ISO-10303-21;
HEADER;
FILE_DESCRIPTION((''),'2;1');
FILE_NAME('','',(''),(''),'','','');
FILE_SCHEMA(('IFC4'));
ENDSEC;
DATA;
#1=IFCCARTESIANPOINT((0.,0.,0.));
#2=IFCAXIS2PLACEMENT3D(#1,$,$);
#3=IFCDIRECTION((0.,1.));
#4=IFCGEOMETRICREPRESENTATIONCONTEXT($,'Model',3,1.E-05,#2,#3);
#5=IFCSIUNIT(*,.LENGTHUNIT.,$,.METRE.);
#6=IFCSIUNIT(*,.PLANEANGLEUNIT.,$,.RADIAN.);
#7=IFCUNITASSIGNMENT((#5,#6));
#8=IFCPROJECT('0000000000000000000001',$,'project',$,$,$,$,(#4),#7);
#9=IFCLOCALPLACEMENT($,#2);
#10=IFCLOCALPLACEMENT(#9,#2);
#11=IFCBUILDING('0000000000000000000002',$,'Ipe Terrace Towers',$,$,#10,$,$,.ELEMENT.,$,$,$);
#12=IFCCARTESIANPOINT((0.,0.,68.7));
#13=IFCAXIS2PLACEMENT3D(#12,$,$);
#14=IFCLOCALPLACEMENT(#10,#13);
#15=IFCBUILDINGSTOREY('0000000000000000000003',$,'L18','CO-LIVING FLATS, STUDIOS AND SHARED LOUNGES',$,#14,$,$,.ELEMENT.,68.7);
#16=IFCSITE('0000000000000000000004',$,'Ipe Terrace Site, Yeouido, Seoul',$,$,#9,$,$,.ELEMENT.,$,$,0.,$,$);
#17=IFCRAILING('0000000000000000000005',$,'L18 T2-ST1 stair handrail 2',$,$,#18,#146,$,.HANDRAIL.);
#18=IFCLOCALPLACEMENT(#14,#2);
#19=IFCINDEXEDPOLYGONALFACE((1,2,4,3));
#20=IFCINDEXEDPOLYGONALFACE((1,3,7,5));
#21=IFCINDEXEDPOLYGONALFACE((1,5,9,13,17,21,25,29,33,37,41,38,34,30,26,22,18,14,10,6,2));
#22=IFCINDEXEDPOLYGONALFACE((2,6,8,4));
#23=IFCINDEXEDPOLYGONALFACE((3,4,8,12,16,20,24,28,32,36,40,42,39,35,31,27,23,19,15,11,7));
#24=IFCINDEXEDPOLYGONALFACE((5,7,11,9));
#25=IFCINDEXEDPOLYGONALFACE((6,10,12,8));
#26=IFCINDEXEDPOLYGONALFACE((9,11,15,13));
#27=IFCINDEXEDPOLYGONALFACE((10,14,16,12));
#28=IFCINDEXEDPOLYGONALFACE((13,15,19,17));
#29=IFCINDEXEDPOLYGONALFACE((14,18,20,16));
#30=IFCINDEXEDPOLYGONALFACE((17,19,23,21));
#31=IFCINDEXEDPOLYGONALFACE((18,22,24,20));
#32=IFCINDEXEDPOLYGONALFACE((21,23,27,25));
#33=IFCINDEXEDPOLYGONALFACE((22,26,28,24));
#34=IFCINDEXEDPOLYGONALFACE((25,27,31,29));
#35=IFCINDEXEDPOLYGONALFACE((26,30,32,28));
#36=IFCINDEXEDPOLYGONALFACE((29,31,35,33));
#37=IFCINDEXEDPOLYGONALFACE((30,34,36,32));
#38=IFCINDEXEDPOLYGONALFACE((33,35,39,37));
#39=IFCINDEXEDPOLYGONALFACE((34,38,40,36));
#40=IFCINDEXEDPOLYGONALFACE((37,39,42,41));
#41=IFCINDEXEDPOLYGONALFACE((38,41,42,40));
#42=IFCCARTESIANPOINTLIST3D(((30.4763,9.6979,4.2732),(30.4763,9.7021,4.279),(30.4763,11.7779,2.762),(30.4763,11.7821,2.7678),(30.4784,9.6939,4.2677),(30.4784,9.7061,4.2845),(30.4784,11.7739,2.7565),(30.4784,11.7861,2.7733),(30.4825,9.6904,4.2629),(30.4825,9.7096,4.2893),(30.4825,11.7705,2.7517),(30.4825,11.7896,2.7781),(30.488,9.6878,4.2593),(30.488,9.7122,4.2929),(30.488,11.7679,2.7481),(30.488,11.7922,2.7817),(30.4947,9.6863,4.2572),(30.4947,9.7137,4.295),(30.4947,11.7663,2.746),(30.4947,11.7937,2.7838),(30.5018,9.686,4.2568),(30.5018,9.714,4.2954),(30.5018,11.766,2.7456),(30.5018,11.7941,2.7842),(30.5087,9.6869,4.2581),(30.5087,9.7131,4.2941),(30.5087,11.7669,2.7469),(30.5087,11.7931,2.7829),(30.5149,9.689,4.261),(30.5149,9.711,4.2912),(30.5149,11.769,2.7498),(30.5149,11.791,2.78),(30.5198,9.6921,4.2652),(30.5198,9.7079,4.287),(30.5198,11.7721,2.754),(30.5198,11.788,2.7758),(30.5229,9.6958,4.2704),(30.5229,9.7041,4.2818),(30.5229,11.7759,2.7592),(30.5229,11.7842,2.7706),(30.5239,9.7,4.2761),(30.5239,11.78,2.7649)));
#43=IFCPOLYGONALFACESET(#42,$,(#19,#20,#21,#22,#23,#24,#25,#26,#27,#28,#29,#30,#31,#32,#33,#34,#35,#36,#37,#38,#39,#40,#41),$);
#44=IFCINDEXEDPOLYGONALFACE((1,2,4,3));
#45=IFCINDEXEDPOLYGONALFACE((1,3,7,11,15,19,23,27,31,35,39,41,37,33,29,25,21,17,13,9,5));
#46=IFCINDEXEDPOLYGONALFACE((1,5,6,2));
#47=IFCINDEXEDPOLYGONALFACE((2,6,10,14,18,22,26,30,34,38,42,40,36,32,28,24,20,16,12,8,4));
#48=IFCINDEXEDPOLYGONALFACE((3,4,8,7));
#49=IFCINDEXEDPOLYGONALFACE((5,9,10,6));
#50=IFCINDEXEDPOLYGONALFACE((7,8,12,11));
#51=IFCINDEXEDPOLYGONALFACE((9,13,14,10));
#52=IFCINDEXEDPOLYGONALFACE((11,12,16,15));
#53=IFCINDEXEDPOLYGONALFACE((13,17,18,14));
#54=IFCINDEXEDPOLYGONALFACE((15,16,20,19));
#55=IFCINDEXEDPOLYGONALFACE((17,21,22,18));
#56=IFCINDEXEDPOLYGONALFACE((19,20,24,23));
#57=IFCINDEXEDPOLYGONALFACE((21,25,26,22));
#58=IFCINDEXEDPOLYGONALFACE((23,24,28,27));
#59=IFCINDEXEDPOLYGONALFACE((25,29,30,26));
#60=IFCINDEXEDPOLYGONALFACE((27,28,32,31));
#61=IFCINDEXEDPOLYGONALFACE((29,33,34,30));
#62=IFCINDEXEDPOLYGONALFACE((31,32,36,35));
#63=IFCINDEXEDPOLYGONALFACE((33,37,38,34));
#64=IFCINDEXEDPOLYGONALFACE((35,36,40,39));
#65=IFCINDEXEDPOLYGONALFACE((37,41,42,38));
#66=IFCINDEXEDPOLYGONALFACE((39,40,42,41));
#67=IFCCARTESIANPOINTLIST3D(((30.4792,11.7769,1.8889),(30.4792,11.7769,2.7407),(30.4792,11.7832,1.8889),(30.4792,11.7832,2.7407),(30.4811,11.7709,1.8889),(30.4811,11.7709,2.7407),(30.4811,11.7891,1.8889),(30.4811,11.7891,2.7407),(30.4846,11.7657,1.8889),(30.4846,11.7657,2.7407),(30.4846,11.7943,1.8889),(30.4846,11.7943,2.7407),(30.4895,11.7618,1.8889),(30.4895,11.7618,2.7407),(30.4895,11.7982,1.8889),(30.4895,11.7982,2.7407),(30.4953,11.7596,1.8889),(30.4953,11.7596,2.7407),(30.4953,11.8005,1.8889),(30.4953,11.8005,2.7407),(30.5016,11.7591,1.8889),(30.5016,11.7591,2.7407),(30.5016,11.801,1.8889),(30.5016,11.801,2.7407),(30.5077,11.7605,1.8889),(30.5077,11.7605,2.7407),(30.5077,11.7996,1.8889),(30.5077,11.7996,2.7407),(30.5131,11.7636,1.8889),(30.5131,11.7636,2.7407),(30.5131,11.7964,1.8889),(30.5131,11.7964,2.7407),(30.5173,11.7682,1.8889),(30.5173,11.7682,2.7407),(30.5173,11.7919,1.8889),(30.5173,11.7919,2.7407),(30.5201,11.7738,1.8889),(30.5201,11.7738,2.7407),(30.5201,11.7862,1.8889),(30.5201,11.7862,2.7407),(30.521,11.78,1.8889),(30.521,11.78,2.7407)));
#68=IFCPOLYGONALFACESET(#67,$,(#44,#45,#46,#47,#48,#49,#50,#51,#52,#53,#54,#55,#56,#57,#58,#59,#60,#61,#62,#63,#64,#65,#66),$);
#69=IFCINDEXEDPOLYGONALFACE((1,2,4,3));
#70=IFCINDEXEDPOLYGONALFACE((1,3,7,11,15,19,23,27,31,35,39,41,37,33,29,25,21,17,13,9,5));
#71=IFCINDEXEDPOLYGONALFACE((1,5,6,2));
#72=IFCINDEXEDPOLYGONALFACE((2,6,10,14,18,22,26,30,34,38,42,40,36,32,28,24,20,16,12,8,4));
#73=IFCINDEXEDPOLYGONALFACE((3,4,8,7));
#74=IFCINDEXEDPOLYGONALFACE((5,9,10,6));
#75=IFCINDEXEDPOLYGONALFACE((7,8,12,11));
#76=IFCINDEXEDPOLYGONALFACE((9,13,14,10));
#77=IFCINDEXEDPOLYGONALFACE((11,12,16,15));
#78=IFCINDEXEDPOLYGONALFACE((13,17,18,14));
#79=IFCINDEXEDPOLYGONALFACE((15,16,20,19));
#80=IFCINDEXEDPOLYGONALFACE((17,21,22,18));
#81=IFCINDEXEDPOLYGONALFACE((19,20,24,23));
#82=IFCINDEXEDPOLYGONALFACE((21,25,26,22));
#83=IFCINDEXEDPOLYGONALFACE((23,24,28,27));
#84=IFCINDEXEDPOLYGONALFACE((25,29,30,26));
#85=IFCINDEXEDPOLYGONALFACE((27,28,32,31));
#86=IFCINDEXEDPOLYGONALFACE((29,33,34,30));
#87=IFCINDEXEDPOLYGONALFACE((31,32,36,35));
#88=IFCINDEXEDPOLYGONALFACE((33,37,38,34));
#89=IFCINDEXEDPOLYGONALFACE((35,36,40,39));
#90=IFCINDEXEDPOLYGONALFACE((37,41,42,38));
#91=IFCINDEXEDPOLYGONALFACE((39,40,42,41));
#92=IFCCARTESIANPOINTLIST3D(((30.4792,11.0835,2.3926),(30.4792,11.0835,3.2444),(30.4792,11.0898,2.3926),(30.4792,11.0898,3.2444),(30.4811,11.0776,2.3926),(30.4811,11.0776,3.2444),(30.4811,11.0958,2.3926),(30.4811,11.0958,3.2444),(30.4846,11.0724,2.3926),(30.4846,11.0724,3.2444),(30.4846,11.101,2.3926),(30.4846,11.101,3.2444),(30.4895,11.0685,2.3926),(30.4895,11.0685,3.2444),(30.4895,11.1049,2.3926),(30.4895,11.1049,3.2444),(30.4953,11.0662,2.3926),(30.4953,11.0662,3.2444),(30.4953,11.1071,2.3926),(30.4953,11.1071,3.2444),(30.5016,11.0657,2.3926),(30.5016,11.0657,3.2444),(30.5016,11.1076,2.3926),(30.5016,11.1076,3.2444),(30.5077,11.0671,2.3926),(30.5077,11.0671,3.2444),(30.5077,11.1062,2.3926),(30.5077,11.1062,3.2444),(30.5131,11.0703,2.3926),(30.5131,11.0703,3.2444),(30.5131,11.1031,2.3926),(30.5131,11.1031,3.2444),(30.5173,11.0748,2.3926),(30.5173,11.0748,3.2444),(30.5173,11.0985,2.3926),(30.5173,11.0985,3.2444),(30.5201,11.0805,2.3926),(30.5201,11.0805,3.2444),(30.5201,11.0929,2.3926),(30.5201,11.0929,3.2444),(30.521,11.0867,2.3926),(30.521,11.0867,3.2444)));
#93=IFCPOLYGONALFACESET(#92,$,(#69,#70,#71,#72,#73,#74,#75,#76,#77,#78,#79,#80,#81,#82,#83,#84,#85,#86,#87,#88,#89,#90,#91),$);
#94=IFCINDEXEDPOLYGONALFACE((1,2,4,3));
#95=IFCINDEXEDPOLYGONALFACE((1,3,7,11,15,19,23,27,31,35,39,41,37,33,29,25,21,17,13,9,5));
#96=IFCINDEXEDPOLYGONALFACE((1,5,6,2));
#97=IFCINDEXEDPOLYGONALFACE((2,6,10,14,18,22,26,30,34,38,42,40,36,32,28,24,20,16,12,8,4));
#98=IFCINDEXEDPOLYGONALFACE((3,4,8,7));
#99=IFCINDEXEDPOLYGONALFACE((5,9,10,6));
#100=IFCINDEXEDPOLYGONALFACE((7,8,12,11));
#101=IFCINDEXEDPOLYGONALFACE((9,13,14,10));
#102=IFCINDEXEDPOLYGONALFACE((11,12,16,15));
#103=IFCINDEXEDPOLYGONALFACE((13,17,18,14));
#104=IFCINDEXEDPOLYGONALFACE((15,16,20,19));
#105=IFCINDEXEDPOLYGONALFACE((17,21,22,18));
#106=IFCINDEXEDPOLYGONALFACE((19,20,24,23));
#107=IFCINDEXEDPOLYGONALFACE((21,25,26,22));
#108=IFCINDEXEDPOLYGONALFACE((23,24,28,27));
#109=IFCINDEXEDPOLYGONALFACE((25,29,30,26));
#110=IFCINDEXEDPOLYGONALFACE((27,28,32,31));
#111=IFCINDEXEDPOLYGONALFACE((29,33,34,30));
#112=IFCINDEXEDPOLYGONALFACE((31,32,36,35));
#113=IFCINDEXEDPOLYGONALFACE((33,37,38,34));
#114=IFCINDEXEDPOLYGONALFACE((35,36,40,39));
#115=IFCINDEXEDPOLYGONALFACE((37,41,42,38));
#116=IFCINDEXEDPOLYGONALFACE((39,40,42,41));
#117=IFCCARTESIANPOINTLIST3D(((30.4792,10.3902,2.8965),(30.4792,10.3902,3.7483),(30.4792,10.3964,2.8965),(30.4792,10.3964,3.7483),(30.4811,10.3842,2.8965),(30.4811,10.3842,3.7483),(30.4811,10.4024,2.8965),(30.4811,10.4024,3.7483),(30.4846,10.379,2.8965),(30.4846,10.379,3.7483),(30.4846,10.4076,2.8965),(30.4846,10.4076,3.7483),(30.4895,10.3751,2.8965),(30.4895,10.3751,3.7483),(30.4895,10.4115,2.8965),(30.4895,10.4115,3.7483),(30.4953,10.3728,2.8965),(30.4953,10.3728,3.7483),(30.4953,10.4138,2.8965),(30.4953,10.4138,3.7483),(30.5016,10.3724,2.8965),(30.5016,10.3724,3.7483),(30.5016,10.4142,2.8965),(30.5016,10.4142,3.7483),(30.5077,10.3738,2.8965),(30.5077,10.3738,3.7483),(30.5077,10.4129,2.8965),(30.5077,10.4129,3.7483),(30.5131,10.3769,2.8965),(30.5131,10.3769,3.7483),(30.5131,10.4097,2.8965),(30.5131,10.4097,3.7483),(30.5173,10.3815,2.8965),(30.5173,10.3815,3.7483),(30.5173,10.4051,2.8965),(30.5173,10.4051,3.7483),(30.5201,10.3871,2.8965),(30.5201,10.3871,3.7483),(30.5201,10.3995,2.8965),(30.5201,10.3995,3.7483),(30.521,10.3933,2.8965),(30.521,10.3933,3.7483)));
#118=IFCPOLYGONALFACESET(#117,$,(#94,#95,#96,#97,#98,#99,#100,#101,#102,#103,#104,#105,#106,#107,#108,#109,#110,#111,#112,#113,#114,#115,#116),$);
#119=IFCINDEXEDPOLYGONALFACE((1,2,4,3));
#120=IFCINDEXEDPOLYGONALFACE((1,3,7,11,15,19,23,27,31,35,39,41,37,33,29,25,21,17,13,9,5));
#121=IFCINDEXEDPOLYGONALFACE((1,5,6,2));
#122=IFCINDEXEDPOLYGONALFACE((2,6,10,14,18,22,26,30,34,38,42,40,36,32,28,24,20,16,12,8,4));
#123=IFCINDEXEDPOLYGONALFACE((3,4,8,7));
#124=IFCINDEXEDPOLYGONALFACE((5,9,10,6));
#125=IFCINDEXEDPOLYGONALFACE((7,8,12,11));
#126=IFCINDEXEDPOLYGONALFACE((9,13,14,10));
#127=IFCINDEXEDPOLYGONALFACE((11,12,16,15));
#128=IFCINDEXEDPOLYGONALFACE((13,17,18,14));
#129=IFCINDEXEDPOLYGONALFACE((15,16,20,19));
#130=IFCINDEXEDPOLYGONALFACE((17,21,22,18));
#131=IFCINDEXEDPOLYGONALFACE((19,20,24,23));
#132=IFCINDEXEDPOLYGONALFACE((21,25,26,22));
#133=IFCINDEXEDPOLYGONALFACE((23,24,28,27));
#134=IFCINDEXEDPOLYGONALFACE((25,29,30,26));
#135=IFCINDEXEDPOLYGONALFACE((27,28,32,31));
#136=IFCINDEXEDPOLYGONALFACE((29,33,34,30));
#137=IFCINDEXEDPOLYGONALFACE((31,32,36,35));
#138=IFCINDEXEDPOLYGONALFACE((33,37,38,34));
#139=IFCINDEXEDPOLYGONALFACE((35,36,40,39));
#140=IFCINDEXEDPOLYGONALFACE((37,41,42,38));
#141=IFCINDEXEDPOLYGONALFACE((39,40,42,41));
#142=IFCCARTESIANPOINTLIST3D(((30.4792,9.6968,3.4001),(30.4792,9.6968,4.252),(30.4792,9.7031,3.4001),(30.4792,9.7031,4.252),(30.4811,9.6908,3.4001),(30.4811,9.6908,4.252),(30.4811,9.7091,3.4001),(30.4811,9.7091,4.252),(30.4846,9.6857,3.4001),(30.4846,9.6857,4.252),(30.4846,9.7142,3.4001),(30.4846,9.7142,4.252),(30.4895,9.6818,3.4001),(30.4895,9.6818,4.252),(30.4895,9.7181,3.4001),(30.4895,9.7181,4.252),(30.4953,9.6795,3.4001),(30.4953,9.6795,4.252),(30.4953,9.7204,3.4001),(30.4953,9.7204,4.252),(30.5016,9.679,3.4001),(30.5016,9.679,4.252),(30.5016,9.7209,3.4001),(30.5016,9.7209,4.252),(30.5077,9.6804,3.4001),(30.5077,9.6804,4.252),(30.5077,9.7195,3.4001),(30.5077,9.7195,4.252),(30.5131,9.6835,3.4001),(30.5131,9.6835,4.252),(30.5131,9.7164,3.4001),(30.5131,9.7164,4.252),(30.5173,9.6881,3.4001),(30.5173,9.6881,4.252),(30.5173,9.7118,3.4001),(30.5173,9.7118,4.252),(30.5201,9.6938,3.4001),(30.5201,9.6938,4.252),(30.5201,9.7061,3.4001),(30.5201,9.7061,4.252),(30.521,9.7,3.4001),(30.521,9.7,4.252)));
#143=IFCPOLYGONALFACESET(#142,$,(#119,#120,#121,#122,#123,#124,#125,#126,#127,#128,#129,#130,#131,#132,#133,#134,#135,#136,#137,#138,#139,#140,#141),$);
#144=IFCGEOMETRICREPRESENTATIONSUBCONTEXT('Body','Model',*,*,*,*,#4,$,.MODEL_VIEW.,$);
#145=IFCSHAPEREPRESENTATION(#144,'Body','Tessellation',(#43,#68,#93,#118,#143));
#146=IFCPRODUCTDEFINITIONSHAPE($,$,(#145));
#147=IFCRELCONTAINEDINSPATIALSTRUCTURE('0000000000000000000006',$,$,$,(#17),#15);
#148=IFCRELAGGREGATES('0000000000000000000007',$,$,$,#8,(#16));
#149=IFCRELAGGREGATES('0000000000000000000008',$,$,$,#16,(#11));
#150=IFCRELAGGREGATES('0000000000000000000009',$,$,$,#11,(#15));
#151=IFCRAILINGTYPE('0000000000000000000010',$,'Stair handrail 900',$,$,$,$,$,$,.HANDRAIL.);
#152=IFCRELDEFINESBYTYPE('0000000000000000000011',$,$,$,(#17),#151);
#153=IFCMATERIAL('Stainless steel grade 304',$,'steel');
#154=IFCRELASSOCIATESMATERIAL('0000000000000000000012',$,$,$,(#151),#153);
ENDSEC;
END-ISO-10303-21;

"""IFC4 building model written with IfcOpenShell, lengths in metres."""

from ifc_helpers import new_model, si_unit, direction, frame, origin, origin_2d, place, context, subcontext, project, spatial, circle, extrude, material, type_object, element, save


model = new_model("IFC4")

# Units and contexts
model_context = context("Model", 3, precision=1e-05, world=origin(), true_north=direction((0.0, 1.0)))
body_context = subcontext(model_context, "Body", "Model", "MODEL_VIEW")
ifc_project = project(units=[si_unit("LENGTHUNIT", "METRE"), si_unit("PLANEANGLEUNIT", "RADIAN")], contexts=[model_context])

# Site, building, storey
site_placement = place(None, origin())
site = spatial("IfcSite", under=ifc_project, at=site_placement, Name="Ipe Terrace Site, Yeouido, Seoul", CompositionType="ELEMENT", RefElevation=0.0)
building_placement = place(site_placement, origin())
building = spatial("IfcBuilding", under=site, at=building_placement, Name="Ipe Terrace Towers", CompositionType="ELEMENT")
storey_placement = place(building_placement, frame((0.0, 0.0, 68.7)))
storey = spatial("IfcBuildingStorey", under=building, at=storey_placement, Name="L18", Description="CO-LIVING FLATS, STUDIOS AND SHARED LOUNGES", CompositionType="ELEMENT", Elevation=68.7)

# Railing
ifc_material_1 = material(Name="Stainless steel grade 304", Category="steel")
railing_type_1 = type_object("IfcRailingType", Name="Stair handrail 900", PredefinedType="HANDRAIL", material=ifc_material_1)
railing_1_placement = place(storey_placement, frame((30.5, 11.78, 1.8889)))
element("IfcRailing", 1, at=railing_1_placement, inside=storey, type_object=railing_type_1, Name="L18 T2-ST1 stair handrail 2", PredefinedType="HANDRAIL", context=body_context, shape_type="SweptSolid", body=[
    extrude(circle(Radius=0.0239, at=origin_2d()), frame((0.0, 0.0, 0.876), z_axis=(0.0, -0.809023, 0.587776), x_axis=(1.0, 0.0, 0.0)), (0.0, 0.0, 1.0), 2.571),
    extrude(circle(Radius=0.021, at=origin_2d()), origin(), (0.0, 0.0, 1.0), 0.8518),
    extrude(circle(Radius=0.021, at=origin_2d()), frame((0.0, -0.6934, 0.5037)), (0.0, 0.0, 1.0), 0.8518),
    extrude(circle(Radius=0.021, at=origin_2d()), frame((0.0, -1.3867, 1.0076)), (0.0, 0.0, 1.0), 0.8518),
    extrude(circle(Radius=0.021, at=origin_2d()), frame((0.0, -2.0801, 1.5112)), (0.0, 0.0, 1.0), 0.8518),
])

save(model, "model.ifc")
